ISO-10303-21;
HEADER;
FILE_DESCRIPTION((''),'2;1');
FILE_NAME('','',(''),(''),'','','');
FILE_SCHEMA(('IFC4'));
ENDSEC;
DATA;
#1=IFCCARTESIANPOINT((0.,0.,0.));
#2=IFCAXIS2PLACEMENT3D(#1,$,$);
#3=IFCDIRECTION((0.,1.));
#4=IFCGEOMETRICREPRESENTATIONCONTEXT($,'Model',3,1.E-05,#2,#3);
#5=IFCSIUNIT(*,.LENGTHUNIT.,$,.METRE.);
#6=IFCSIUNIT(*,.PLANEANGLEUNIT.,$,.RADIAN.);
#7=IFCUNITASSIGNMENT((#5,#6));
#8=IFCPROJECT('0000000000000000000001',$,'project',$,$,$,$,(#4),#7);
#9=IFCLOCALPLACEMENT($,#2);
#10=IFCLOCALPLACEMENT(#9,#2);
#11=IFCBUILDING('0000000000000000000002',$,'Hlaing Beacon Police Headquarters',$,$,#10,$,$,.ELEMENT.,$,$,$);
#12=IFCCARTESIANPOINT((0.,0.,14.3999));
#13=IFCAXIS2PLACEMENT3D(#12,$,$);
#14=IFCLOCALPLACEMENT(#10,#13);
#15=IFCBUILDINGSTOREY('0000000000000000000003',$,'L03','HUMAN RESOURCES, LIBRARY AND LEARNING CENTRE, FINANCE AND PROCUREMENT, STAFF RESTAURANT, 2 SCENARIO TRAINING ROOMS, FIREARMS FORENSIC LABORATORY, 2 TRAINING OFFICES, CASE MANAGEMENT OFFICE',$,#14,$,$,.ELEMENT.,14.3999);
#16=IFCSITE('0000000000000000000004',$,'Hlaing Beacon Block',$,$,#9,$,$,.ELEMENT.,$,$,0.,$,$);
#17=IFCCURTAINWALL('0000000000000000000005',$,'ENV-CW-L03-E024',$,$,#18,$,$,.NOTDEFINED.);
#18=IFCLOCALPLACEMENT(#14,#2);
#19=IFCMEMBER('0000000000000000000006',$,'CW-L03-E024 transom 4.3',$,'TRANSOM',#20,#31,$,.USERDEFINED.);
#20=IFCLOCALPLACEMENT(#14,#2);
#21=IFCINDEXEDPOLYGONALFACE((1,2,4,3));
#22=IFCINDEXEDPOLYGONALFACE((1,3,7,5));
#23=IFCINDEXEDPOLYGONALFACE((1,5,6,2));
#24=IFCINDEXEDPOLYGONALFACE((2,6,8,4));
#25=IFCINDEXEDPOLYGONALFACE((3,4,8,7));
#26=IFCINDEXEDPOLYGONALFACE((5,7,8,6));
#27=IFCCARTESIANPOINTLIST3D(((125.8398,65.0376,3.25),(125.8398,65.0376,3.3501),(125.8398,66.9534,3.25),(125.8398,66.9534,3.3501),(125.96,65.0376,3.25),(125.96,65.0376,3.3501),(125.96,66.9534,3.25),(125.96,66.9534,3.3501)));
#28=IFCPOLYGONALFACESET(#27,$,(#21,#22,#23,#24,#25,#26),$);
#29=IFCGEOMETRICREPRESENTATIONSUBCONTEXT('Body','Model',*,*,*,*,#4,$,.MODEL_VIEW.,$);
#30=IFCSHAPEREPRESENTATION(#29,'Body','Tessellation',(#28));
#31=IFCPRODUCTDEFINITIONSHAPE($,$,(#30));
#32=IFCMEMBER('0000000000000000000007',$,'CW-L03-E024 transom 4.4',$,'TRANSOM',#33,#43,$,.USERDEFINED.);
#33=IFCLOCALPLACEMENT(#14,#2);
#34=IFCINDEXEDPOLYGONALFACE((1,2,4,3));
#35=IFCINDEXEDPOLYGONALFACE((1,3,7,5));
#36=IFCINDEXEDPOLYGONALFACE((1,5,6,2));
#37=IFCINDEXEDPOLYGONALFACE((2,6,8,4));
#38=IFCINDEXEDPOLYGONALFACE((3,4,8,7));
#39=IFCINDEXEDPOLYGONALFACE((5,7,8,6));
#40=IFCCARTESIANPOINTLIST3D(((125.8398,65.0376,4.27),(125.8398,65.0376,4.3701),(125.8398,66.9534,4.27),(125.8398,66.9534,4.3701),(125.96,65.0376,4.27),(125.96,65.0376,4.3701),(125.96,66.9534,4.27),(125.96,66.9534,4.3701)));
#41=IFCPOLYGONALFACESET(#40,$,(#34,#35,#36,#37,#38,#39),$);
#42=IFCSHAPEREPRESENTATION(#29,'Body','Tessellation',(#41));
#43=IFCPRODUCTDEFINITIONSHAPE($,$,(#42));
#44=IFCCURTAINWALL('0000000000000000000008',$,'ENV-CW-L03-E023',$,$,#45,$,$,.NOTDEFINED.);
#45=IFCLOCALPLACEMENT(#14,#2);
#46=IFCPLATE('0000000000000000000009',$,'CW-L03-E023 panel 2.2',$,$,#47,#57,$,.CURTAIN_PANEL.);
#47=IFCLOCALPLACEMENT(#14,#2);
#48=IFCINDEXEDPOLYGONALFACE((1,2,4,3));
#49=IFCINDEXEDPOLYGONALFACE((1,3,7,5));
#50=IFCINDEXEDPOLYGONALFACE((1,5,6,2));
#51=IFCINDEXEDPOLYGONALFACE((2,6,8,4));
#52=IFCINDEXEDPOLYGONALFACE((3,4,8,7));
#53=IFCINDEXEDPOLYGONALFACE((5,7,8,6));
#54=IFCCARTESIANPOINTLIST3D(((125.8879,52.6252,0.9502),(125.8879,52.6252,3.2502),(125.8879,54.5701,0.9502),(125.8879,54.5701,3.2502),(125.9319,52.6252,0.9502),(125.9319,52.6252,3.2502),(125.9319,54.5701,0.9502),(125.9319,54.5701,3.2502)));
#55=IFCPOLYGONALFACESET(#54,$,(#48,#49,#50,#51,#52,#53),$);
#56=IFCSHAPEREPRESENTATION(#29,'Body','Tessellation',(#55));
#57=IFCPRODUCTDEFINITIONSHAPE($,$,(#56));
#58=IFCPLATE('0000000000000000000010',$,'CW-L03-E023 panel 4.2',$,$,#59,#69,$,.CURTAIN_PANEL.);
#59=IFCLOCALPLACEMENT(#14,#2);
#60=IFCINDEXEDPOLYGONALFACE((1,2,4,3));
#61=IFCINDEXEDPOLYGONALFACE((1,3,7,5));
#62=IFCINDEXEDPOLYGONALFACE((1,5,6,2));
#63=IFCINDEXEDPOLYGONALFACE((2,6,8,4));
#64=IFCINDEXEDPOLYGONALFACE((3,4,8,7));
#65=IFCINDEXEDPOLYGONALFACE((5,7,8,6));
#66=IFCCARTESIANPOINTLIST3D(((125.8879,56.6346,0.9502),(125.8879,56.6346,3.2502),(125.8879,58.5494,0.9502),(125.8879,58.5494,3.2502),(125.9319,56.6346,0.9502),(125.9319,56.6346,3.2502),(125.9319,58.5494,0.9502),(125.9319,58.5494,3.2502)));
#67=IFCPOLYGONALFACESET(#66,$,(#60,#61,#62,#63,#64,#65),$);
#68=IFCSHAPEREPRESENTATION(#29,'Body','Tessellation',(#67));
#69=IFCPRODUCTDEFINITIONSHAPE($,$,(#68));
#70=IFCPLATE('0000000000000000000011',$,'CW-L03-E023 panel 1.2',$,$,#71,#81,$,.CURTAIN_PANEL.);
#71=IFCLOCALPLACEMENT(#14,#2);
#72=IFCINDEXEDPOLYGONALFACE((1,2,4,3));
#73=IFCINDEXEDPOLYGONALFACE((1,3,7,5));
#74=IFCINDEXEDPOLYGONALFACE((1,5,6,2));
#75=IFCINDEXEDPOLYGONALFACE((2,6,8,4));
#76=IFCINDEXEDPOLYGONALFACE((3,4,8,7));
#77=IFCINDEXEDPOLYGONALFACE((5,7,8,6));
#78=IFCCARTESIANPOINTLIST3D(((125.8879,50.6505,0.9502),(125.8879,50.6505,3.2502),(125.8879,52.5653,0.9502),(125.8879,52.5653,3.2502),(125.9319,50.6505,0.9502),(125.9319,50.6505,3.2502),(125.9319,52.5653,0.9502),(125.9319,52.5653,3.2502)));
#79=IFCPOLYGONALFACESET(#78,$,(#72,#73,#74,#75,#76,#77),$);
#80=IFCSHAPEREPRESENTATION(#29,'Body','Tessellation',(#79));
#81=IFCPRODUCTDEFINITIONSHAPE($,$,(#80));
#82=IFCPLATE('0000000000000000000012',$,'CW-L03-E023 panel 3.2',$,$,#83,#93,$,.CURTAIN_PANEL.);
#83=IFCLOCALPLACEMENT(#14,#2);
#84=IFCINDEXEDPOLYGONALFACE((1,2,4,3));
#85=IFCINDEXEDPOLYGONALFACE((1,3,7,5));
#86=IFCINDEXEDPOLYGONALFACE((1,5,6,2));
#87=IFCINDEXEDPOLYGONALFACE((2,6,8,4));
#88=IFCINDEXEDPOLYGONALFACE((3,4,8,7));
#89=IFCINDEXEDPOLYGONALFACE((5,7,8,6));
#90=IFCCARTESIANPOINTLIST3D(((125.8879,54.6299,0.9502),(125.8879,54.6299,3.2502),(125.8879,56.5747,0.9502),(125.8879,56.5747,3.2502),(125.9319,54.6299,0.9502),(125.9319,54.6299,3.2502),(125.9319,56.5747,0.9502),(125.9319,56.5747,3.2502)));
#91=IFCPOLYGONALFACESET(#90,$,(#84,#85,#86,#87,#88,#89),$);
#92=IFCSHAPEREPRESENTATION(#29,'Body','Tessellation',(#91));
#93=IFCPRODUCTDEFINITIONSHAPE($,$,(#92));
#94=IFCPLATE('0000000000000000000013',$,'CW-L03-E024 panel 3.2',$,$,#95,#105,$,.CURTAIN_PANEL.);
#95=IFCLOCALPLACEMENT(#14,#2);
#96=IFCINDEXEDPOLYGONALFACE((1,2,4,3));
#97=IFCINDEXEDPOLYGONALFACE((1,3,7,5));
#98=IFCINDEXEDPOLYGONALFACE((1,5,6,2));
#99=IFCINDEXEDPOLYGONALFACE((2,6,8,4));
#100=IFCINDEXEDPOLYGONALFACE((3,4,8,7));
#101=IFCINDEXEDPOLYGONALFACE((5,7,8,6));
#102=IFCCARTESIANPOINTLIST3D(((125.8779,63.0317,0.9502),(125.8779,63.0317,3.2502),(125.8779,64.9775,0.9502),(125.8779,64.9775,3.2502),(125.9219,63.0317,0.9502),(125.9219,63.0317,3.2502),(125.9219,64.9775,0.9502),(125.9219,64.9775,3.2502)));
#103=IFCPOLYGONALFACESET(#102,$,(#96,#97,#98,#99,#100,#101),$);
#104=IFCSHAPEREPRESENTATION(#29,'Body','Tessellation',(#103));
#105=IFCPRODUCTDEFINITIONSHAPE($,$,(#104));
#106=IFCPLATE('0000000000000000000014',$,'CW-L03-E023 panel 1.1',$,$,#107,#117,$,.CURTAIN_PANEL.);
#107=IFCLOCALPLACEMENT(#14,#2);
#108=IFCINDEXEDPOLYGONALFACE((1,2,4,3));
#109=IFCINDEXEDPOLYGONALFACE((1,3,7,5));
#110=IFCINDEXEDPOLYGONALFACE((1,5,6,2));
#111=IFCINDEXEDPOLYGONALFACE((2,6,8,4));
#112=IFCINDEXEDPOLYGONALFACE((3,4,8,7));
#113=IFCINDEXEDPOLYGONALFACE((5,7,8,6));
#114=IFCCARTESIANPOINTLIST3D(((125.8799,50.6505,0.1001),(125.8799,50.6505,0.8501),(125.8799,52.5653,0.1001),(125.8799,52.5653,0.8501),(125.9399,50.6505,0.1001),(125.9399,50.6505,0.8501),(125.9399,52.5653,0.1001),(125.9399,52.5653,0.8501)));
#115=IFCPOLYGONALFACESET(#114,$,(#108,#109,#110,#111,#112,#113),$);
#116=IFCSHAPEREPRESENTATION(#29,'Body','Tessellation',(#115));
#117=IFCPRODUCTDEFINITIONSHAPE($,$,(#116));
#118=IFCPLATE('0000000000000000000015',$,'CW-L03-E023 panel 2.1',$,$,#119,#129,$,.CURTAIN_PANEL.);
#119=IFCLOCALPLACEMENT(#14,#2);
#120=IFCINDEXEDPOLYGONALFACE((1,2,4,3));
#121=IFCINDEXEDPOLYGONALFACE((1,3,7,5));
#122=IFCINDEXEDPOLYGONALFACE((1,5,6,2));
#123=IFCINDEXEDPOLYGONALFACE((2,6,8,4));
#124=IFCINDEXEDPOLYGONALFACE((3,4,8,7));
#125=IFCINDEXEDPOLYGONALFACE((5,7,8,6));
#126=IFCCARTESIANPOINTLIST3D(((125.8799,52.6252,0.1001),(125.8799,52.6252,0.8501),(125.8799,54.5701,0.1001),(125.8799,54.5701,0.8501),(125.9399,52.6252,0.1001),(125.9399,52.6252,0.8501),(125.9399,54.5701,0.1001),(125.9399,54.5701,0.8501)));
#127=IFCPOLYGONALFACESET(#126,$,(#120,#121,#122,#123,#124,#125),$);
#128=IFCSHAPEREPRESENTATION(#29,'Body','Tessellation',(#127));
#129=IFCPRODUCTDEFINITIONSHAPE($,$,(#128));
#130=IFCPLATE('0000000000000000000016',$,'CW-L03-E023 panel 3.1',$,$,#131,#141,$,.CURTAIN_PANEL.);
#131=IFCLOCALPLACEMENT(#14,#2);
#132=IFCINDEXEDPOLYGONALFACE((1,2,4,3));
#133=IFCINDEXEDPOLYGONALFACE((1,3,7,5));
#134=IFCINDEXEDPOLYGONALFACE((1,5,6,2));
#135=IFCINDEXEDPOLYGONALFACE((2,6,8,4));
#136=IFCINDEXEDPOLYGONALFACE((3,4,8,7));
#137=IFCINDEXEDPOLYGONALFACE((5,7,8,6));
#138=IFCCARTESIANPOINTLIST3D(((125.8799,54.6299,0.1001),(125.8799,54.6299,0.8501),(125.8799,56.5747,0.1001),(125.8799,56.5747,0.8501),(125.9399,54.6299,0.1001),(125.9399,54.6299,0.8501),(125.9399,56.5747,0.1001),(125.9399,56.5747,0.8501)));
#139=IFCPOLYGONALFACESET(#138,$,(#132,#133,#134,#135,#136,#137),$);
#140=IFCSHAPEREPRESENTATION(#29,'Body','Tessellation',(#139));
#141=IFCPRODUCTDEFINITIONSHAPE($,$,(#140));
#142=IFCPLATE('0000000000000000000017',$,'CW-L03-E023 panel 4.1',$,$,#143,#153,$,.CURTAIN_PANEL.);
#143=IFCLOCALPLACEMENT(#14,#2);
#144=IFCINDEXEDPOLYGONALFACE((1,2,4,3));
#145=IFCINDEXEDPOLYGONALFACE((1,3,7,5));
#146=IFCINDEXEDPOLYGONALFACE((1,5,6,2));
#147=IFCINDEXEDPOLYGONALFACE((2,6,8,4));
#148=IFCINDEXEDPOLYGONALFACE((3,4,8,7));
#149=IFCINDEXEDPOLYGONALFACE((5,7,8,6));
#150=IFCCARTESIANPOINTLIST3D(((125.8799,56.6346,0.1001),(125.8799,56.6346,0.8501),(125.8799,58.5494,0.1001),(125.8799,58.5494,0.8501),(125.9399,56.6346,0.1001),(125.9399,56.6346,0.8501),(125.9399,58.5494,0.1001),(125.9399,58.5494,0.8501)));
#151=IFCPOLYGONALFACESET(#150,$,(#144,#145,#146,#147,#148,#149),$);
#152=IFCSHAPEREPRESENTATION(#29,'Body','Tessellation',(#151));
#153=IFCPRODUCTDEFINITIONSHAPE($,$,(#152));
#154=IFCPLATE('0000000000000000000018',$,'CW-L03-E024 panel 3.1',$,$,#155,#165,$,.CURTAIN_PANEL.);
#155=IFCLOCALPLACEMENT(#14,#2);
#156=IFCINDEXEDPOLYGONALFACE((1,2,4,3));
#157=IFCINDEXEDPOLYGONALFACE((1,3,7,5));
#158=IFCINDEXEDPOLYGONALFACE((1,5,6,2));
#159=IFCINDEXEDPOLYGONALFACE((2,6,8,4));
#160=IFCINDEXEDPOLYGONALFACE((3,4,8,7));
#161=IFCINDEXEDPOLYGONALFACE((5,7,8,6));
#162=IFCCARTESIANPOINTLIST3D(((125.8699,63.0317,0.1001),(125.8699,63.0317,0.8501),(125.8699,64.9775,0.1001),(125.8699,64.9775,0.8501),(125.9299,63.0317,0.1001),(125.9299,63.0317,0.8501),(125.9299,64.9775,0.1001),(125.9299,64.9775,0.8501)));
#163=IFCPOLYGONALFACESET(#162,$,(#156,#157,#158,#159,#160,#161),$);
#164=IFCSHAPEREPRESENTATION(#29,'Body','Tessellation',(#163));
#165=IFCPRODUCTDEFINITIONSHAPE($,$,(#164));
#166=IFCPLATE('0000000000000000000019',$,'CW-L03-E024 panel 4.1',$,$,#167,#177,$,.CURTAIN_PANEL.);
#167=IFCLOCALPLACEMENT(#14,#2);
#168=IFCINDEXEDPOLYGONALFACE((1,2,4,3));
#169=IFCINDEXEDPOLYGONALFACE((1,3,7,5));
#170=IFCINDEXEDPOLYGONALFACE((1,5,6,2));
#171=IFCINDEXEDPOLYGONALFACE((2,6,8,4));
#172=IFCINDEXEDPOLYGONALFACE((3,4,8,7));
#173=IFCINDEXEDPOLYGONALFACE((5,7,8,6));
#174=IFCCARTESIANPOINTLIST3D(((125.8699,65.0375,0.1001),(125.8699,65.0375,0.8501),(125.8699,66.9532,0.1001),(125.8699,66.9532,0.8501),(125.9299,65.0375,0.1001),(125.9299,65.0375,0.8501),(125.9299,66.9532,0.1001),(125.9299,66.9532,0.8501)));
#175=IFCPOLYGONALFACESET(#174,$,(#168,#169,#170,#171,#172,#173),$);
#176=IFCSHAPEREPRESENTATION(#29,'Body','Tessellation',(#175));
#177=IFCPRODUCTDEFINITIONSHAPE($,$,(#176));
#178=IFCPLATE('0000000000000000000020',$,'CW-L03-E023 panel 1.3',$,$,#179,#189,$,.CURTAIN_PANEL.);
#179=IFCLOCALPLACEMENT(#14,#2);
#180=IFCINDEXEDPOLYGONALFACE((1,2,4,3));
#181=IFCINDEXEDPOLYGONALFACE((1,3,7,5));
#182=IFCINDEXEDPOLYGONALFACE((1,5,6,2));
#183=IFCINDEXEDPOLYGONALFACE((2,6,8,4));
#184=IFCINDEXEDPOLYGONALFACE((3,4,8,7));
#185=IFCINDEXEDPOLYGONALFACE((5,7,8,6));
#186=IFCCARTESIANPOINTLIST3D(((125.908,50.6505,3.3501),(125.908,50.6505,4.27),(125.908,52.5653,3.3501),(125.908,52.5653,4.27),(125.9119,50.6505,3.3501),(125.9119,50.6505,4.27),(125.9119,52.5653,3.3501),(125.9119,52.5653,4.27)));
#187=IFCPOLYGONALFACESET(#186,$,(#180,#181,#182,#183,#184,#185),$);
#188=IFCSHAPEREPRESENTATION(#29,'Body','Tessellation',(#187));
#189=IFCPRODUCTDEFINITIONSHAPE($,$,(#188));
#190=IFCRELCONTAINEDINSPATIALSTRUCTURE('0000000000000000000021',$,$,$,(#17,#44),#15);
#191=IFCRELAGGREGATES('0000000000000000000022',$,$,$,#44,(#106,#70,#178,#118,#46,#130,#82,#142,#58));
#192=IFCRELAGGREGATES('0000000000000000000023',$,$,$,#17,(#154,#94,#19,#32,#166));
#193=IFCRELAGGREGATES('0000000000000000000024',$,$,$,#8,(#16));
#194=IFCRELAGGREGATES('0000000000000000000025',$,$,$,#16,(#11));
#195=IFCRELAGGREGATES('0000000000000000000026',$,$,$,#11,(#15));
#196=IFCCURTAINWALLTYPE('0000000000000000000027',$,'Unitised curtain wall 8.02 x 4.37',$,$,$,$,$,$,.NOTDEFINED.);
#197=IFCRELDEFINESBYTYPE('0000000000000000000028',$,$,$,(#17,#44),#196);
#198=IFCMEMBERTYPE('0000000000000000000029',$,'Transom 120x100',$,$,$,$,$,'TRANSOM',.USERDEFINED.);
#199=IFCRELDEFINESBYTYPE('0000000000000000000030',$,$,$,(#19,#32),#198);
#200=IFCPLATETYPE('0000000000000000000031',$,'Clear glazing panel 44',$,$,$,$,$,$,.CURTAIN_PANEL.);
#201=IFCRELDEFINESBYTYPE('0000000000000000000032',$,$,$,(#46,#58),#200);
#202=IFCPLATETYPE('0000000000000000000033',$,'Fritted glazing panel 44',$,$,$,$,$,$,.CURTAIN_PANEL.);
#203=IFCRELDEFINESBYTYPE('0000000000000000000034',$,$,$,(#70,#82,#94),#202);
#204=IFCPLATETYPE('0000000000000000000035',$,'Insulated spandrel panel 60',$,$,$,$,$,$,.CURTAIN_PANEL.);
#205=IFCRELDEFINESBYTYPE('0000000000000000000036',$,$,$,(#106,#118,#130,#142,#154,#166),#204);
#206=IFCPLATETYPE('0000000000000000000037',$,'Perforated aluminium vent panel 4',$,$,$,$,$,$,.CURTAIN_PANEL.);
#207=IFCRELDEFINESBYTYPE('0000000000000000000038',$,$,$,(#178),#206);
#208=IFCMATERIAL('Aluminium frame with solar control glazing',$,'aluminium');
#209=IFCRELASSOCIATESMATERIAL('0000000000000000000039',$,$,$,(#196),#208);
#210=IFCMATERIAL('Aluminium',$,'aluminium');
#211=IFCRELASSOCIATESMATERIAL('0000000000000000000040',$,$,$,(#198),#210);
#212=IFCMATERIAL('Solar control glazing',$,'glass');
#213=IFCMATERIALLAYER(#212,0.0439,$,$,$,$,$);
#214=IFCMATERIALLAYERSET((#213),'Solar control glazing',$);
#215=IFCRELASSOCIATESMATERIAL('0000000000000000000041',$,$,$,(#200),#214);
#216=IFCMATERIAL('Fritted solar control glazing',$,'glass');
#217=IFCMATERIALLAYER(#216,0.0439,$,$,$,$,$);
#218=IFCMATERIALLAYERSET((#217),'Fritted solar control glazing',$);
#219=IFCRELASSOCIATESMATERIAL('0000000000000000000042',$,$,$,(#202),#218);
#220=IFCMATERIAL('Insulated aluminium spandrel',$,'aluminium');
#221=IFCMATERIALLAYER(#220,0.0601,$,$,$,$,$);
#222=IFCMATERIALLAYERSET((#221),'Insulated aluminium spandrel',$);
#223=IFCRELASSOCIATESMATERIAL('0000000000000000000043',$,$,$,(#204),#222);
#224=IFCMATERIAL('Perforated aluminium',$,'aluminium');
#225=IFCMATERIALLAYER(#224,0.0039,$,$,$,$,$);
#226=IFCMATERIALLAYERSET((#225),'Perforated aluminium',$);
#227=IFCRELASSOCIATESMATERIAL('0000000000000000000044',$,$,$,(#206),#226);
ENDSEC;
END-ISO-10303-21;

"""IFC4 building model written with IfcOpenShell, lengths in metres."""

from ifc_helpers import new_model, si_unit, direction, frame, origin, origin_2d, place, context, subcontext, project, spatial, rectangle, extrude, material, layer, layer_set, material_profile, profile_set, type_object, element, aggregate, save


model = new_model("IFC4")

# Units and contexts
model_context = context("Model", 3, precision=1e-05, world=origin(), true_north=direction((0.0, 1.0)))
body_context = subcontext(model_context, "Body", "Model", "MODEL_VIEW")
ifc_project = project(units=[si_unit("LENGTHUNIT", "METRE"), si_unit("PLANEANGLEUNIT", "RADIAN")], contexts=[model_context])

# Site, building, storey
site_placement = place(None, origin())
site = spatial("IfcSite", under=ifc_project, at=site_placement, Name="Hlaing Beacon Block", CompositionType="ELEMENT", RefElevation=0.0)
building_placement = place(site_placement, origin())
building = spatial("IfcBuilding", under=site, at=building_placement, Name="Hlaing Beacon Police Headquarters", CompositionType="ELEMENT")
storey_placement = place(building_placement, frame((0.0, 0.0, 14.3999)))
storey = spatial("IfcBuildingStorey", under=building, at=storey_placement, Name="L03", Description="HUMAN RESOURCES, LIBRARY AND LEARNING CENTRE, FINANCE AND PROCUREMENT, STAFF RESTAURANT, 2 SCENARIO TRAINING ROOMS, FIREARMS FORENSIC LABORATORY, 2 TRAINING OFFICES, CASE MANAGEMENT OFFICE", CompositionType="ELEMENT", Elevation=14.3999)

# Curtain wall, members
ifc_material_1 = material(Name="Aluminium frame with solar control glazing", Category="aluminium")
curtain_wall_type = type_object("IfcCurtainWallType", Name="Unitised curtain wall 8.02 x 4.37", PredefinedType="NOTDEFINED", material=ifc_material_1)
curtain_wall_1_placement = place(storey_placement, origin())
curtain_wall_1 = element("IfcCurtainWall", 1, at=curtain_wall_1_placement, inside=storey, type_object=curtain_wall_type, Name="ENV-CW-L03-E024", PredefinedType="NOTDEFINED")
ifc_material_2 = material(Name="Aluminium", Category="aluminium")
ifc_material_profile_1 = material_profile(ifc_material_2, rectangle(XDim=0.1201, YDim=0.1001, at=origin_2d()), Name="Transom 120x100")
ifc_profile_set_1 = profile_set([ifc_material_profile_1], Name="Aluminium")
member_type_1 = type_object("IfcMemberType", Name="Transom 120x100", ElementType="TRANSOM", PredefinedType="USERDEFINED", material=ifc_profile_set_1)
member_1_placement = place(storey_placement, frame((125.8999, 65.0376, 3.3), z_axis=(0.0, 1.0, 0.0), x_axis=(-1.0, 0.0, 0.0)))
member_1 = element("IfcMember", 2, at=member_1_placement, type_object=member_type_1, Name="CW-L03-E024 transom 4.3", ObjectType="TRANSOM", PredefinedType="USERDEFINED", context=body_context, shape_type="SweptSolid", body=[
    extrude(rectangle(XDim=0.1201, YDim=0.1001, at=origin_2d()), origin(), (0.0, 0.0, 1.0), 1.9158),
])
member_2_placement = place(storey_placement, frame((125.8999, 65.0376, 4.3201), z_axis=(0.0, 1.0, 0.0), x_axis=(-1.0, 0.0, 0.0)))
member_2 = element("IfcMember", 3, at=member_2_placement, type_object=member_type_1, Name="CW-L03-E024 transom 4.4", ObjectType="TRANSOM", PredefinedType="USERDEFINED", context=body_context, shape_type="SweptSolid", body=[
    extrude(rectangle(XDim=0.1201, YDim=0.1001, at=origin_2d()), origin(), (0.0, 0.0, 1.0), 1.9158),
])

# Curtain wall, plates
curtain_wall_2_placement = place(storey_placement, origin())
curtain_wall_2 = element("IfcCurtainWall", 4, at=curtain_wall_2_placement, inside=storey, type_object=curtain_wall_type, Name="ENV-CW-L03-E023", PredefinedType="NOTDEFINED")
ifc_material_3 = material(Name="Solar control glazing", Category="glass")
ifc_layer_1 = layer(ifc_material_3, 0.0439)
ifc_layer_set_1 = layer_set([ifc_layer_1], Name="Solar control glazing")
plate_type_1 = type_object("IfcPlateType", Name="Clear glazing panel 44", PredefinedType="CURTAIN_PANEL", material=ifc_layer_set_1)
plate_1_placement = place(storey_placement, frame((125.9099, 53.5977, 0.9502), z_axis=(0.0, 0.0, 1.0), x_axis=(0.0, 1.0, 0.0)))
plate_1 = element("IfcPlate", 5, at=plate_1_placement, type_object=plate_type_1, Name="CW-L03-E023 panel 2.2", PredefinedType="CURTAIN_PANEL", context=body_context, shape_type="SweptSolid", body=[
    extrude(rectangle(XDim=1.9448, YDim=0.0439, at=origin_2d()), origin(), (0.0, 0.0, 1.0), 2.3),
])
plate_2_placement = place(storey_placement, frame((125.9099, 57.592, 0.9502), z_axis=(0.0, 0.0, 1.0), x_axis=(0.0, 1.0, 0.0)))
plate_2 = element("IfcPlate", 6, at=plate_2_placement, type_object=plate_type_1, Name="CW-L03-E023 panel 4.2", PredefinedType="CURTAIN_PANEL", context=body_context, shape_type="SweptSolid", body=[
    extrude(rectangle(XDim=1.9148, YDim=0.0439, at=origin_2d()), origin(), (0.0, 0.0, 1.0), 2.3),
])
ifc_material_4 = material(Name="Fritted solar control glazing", Category="glass")
ifc_layer_2 = layer(ifc_material_4, 0.0439)
ifc_layer_set_2 = layer_set([ifc_layer_2], Name="Fritted solar control glazing")
plate_type_2 = type_object("IfcPlateType", Name="Fritted glazing panel 44", PredefinedType="CURTAIN_PANEL", material=ifc_layer_set_2)
plate_3_placement = place(storey_placement, frame((125.9099, 51.6079, 0.9502), z_axis=(0.0, 0.0, 1.0), x_axis=(0.0, 1.0, 0.0)))
plate_3 = element("IfcPlate", 7, at=plate_3_placement, type_object=plate_type_2, Name="CW-L03-E023 panel 1.2", PredefinedType="CURTAIN_PANEL", context=body_context, shape_type="SweptSolid", body=[
    extrude(rectangle(XDim=1.9148, YDim=0.0439, at=origin_2d()), origin(), (0.0, 0.0, 1.0), 2.3),
])
plate_4_placement = place(storey_placement, frame((125.9099, 55.6023, 0.9502), z_axis=(0.0, 0.0, 1.0), x_axis=(0.0, 1.0, 0.0)))
plate_4 = element("IfcPlate", 8, at=plate_4_placement, type_object=plate_type_2, Name="CW-L03-E023 panel 3.2", PredefinedType="CURTAIN_PANEL", context=body_context, shape_type="SweptSolid", body=[
    extrude(rectangle(XDim=1.9448, YDim=0.0439, at=origin_2d()), origin(), (0.0, 0.0, 1.0), 2.3),
])

# Plates
plate_5_placement = place(storey_placement, frame((125.8999, 64.0046, 0.9502), z_axis=(0.0, 0.0, 1.0), x_axis=(0.0, 1.0, 0.0)))
plate_5 = element("IfcPlate", 9, at=plate_5_placement, type_object=plate_type_2, Name="CW-L03-E024 panel 3.2", PredefinedType="CURTAIN_PANEL", context=body_context, shape_type="SweptSolid", body=[
    extrude(rectangle(XDim=1.9458, YDim=0.0439, at=origin_2d()), origin(), (0.0, 0.0, 1.0), 2.3),
])
ifc_material_5 = material(Name="Insulated aluminium spandrel", Category="aluminium")
ifc_layer_3 = layer(ifc_material_5, 0.0601)
ifc_layer_set_3 = layer_set([ifc_layer_3], Name="Insulated aluminium spandrel")
plate_type_3 = type_object("IfcPlateType", Name="Insulated spandrel panel 60", PredefinedType="CURTAIN_PANEL", material=ifc_layer_set_3)
plate_6_placement = place(storey_placement, frame((125.9099, 51.6079, 0.1001), z_axis=(0.0, 0.0, 1.0), x_axis=(0.0, 1.0, 0.0)))
plate_6 = element("IfcPlate", 10, at=plate_6_placement, type_object=plate_type_3, Name="CW-L03-E023 panel 1.1", PredefinedType="CURTAIN_PANEL", context=body_context, shape_type="SweptSolid", body=[
    extrude(rectangle(XDim=1.9148, YDim=0.0601, at=origin_2d()), origin(), (0.0, 0.0, 1.0), 0.75),
])
plate_7_placement = place(storey_placement, frame((125.9099, 53.5977, 0.1001), z_axis=(0.0, 0.0, 1.0), x_axis=(0.0, 1.0, 0.0)))
plate_7 = element("IfcPlate", 11, at=plate_7_placement, type_object=plate_type_3, Name="CW-L03-E023 panel 2.1", PredefinedType="CURTAIN_PANEL", context=body_context, shape_type="SweptSolid", body=[
    extrude(rectangle(XDim=1.9448, YDim=0.0601, at=origin_2d()), origin(), (0.0, 0.0, 1.0), 0.75),
])
plate_8_placement = place(storey_placement, frame((125.9099, 55.6023, 0.1001), z_axis=(0.0, 0.0, 1.0), x_axis=(0.0, 1.0, 0.0)))
plate_8 = element("IfcPlate", 12, at=plate_8_placement, type_object=plate_type_3, Name="CW-L03-E023 panel 3.1", PredefinedType="CURTAIN_PANEL", context=body_context, shape_type="SweptSolid", body=[
    extrude(rectangle(XDim=1.9448, YDim=0.0601, at=origin_2d()), origin(), (0.0, 0.0, 1.0), 0.75),
])
plate_9_placement = place(storey_placement, frame((125.9099, 57.592, 0.1001), z_axis=(0.0, 0.0, 1.0), x_axis=(0.0, 1.0, 0.0)))
plate_9 = element("IfcPlate", 13, at=plate_9_placement, type_object=plate_type_3, Name="CW-L03-E023 panel 4.1", PredefinedType="CURTAIN_PANEL", context=body_context, shape_type="SweptSolid", body=[
    extrude(rectangle(XDim=1.9148, YDim=0.0601, at=origin_2d()), origin(), (0.0, 0.0, 1.0), 0.75),
])
plate_10_placement = place(storey_placement, frame((125.8999, 64.0046, 0.1001), z_axis=(0.0, 0.0, 1.0), x_axis=(0.0, 1.0, 0.0)))
plate_10 = element("IfcPlate", 14, at=plate_10_placement, type_object=plate_type_3, Name="CW-L03-E024 panel 3.1", PredefinedType="CURTAIN_PANEL", context=body_context, shape_type="SweptSolid", body=[
    extrude(rectangle(XDim=1.9458, YDim=0.0601, at=origin_2d()), origin(), (0.0, 0.0, 1.0), 0.75),
])
plate_11_placement = place(storey_placement, frame((125.8999, 65.9954, 0.1001), z_axis=(0.0, 0.0, 1.0), x_axis=(0.0, 1.0, 0.0)))
plate_11 = element("IfcPlate", 15, at=plate_11_placement, type_object=plate_type_3, Name="CW-L03-E024 panel 4.1", PredefinedType="CURTAIN_PANEL", context=body_context, shape_type="SweptSolid", body=[
    extrude(rectangle(XDim=1.9158, YDim=0.0601, at=origin_2d()), origin(), (0.0, 0.0, 1.0), 0.75),
])
ifc_material_6 = material(Name="Perforated aluminium", Category="aluminium")
ifc_layer_4 = layer(ifc_material_6, 0.0039)
ifc_layer_set_4 = layer_set([ifc_layer_4], Name="Perforated aluminium")
plate_type_4 = type_object("IfcPlateType", Name="Perforated aluminium vent panel 4", PredefinedType="CURTAIN_PANEL", material=ifc_layer_set_4)
plate_12_placement = place(storey_placement, frame((125.9099, 51.6079, 3.3501), z_axis=(0.0, 0.0, 1.0), x_axis=(0.0, 1.0, 0.0)))
plate_12 = element("IfcPlate", 16, at=plate_12_placement, type_object=plate_type_4, Name="CW-L03-E023 panel 1.3", PredefinedType="CURTAIN_PANEL", context=body_context, shape_type="SweptSolid", body=[
    extrude(rectangle(XDim=1.9148, YDim=0.0039, at=origin_2d()), origin(), (0.0, 0.0, 1.0), 0.9199),
])
aggregate(curtain_wall_2, [plate_6, plate_3, plate_12, plate_7, plate_1, plate_8, plate_4, plate_9, plate_2])
aggregate(curtain_wall_1, [plate_10, plate_5, member_1, member_2, plate_11])

save(model, "model.ifc")
